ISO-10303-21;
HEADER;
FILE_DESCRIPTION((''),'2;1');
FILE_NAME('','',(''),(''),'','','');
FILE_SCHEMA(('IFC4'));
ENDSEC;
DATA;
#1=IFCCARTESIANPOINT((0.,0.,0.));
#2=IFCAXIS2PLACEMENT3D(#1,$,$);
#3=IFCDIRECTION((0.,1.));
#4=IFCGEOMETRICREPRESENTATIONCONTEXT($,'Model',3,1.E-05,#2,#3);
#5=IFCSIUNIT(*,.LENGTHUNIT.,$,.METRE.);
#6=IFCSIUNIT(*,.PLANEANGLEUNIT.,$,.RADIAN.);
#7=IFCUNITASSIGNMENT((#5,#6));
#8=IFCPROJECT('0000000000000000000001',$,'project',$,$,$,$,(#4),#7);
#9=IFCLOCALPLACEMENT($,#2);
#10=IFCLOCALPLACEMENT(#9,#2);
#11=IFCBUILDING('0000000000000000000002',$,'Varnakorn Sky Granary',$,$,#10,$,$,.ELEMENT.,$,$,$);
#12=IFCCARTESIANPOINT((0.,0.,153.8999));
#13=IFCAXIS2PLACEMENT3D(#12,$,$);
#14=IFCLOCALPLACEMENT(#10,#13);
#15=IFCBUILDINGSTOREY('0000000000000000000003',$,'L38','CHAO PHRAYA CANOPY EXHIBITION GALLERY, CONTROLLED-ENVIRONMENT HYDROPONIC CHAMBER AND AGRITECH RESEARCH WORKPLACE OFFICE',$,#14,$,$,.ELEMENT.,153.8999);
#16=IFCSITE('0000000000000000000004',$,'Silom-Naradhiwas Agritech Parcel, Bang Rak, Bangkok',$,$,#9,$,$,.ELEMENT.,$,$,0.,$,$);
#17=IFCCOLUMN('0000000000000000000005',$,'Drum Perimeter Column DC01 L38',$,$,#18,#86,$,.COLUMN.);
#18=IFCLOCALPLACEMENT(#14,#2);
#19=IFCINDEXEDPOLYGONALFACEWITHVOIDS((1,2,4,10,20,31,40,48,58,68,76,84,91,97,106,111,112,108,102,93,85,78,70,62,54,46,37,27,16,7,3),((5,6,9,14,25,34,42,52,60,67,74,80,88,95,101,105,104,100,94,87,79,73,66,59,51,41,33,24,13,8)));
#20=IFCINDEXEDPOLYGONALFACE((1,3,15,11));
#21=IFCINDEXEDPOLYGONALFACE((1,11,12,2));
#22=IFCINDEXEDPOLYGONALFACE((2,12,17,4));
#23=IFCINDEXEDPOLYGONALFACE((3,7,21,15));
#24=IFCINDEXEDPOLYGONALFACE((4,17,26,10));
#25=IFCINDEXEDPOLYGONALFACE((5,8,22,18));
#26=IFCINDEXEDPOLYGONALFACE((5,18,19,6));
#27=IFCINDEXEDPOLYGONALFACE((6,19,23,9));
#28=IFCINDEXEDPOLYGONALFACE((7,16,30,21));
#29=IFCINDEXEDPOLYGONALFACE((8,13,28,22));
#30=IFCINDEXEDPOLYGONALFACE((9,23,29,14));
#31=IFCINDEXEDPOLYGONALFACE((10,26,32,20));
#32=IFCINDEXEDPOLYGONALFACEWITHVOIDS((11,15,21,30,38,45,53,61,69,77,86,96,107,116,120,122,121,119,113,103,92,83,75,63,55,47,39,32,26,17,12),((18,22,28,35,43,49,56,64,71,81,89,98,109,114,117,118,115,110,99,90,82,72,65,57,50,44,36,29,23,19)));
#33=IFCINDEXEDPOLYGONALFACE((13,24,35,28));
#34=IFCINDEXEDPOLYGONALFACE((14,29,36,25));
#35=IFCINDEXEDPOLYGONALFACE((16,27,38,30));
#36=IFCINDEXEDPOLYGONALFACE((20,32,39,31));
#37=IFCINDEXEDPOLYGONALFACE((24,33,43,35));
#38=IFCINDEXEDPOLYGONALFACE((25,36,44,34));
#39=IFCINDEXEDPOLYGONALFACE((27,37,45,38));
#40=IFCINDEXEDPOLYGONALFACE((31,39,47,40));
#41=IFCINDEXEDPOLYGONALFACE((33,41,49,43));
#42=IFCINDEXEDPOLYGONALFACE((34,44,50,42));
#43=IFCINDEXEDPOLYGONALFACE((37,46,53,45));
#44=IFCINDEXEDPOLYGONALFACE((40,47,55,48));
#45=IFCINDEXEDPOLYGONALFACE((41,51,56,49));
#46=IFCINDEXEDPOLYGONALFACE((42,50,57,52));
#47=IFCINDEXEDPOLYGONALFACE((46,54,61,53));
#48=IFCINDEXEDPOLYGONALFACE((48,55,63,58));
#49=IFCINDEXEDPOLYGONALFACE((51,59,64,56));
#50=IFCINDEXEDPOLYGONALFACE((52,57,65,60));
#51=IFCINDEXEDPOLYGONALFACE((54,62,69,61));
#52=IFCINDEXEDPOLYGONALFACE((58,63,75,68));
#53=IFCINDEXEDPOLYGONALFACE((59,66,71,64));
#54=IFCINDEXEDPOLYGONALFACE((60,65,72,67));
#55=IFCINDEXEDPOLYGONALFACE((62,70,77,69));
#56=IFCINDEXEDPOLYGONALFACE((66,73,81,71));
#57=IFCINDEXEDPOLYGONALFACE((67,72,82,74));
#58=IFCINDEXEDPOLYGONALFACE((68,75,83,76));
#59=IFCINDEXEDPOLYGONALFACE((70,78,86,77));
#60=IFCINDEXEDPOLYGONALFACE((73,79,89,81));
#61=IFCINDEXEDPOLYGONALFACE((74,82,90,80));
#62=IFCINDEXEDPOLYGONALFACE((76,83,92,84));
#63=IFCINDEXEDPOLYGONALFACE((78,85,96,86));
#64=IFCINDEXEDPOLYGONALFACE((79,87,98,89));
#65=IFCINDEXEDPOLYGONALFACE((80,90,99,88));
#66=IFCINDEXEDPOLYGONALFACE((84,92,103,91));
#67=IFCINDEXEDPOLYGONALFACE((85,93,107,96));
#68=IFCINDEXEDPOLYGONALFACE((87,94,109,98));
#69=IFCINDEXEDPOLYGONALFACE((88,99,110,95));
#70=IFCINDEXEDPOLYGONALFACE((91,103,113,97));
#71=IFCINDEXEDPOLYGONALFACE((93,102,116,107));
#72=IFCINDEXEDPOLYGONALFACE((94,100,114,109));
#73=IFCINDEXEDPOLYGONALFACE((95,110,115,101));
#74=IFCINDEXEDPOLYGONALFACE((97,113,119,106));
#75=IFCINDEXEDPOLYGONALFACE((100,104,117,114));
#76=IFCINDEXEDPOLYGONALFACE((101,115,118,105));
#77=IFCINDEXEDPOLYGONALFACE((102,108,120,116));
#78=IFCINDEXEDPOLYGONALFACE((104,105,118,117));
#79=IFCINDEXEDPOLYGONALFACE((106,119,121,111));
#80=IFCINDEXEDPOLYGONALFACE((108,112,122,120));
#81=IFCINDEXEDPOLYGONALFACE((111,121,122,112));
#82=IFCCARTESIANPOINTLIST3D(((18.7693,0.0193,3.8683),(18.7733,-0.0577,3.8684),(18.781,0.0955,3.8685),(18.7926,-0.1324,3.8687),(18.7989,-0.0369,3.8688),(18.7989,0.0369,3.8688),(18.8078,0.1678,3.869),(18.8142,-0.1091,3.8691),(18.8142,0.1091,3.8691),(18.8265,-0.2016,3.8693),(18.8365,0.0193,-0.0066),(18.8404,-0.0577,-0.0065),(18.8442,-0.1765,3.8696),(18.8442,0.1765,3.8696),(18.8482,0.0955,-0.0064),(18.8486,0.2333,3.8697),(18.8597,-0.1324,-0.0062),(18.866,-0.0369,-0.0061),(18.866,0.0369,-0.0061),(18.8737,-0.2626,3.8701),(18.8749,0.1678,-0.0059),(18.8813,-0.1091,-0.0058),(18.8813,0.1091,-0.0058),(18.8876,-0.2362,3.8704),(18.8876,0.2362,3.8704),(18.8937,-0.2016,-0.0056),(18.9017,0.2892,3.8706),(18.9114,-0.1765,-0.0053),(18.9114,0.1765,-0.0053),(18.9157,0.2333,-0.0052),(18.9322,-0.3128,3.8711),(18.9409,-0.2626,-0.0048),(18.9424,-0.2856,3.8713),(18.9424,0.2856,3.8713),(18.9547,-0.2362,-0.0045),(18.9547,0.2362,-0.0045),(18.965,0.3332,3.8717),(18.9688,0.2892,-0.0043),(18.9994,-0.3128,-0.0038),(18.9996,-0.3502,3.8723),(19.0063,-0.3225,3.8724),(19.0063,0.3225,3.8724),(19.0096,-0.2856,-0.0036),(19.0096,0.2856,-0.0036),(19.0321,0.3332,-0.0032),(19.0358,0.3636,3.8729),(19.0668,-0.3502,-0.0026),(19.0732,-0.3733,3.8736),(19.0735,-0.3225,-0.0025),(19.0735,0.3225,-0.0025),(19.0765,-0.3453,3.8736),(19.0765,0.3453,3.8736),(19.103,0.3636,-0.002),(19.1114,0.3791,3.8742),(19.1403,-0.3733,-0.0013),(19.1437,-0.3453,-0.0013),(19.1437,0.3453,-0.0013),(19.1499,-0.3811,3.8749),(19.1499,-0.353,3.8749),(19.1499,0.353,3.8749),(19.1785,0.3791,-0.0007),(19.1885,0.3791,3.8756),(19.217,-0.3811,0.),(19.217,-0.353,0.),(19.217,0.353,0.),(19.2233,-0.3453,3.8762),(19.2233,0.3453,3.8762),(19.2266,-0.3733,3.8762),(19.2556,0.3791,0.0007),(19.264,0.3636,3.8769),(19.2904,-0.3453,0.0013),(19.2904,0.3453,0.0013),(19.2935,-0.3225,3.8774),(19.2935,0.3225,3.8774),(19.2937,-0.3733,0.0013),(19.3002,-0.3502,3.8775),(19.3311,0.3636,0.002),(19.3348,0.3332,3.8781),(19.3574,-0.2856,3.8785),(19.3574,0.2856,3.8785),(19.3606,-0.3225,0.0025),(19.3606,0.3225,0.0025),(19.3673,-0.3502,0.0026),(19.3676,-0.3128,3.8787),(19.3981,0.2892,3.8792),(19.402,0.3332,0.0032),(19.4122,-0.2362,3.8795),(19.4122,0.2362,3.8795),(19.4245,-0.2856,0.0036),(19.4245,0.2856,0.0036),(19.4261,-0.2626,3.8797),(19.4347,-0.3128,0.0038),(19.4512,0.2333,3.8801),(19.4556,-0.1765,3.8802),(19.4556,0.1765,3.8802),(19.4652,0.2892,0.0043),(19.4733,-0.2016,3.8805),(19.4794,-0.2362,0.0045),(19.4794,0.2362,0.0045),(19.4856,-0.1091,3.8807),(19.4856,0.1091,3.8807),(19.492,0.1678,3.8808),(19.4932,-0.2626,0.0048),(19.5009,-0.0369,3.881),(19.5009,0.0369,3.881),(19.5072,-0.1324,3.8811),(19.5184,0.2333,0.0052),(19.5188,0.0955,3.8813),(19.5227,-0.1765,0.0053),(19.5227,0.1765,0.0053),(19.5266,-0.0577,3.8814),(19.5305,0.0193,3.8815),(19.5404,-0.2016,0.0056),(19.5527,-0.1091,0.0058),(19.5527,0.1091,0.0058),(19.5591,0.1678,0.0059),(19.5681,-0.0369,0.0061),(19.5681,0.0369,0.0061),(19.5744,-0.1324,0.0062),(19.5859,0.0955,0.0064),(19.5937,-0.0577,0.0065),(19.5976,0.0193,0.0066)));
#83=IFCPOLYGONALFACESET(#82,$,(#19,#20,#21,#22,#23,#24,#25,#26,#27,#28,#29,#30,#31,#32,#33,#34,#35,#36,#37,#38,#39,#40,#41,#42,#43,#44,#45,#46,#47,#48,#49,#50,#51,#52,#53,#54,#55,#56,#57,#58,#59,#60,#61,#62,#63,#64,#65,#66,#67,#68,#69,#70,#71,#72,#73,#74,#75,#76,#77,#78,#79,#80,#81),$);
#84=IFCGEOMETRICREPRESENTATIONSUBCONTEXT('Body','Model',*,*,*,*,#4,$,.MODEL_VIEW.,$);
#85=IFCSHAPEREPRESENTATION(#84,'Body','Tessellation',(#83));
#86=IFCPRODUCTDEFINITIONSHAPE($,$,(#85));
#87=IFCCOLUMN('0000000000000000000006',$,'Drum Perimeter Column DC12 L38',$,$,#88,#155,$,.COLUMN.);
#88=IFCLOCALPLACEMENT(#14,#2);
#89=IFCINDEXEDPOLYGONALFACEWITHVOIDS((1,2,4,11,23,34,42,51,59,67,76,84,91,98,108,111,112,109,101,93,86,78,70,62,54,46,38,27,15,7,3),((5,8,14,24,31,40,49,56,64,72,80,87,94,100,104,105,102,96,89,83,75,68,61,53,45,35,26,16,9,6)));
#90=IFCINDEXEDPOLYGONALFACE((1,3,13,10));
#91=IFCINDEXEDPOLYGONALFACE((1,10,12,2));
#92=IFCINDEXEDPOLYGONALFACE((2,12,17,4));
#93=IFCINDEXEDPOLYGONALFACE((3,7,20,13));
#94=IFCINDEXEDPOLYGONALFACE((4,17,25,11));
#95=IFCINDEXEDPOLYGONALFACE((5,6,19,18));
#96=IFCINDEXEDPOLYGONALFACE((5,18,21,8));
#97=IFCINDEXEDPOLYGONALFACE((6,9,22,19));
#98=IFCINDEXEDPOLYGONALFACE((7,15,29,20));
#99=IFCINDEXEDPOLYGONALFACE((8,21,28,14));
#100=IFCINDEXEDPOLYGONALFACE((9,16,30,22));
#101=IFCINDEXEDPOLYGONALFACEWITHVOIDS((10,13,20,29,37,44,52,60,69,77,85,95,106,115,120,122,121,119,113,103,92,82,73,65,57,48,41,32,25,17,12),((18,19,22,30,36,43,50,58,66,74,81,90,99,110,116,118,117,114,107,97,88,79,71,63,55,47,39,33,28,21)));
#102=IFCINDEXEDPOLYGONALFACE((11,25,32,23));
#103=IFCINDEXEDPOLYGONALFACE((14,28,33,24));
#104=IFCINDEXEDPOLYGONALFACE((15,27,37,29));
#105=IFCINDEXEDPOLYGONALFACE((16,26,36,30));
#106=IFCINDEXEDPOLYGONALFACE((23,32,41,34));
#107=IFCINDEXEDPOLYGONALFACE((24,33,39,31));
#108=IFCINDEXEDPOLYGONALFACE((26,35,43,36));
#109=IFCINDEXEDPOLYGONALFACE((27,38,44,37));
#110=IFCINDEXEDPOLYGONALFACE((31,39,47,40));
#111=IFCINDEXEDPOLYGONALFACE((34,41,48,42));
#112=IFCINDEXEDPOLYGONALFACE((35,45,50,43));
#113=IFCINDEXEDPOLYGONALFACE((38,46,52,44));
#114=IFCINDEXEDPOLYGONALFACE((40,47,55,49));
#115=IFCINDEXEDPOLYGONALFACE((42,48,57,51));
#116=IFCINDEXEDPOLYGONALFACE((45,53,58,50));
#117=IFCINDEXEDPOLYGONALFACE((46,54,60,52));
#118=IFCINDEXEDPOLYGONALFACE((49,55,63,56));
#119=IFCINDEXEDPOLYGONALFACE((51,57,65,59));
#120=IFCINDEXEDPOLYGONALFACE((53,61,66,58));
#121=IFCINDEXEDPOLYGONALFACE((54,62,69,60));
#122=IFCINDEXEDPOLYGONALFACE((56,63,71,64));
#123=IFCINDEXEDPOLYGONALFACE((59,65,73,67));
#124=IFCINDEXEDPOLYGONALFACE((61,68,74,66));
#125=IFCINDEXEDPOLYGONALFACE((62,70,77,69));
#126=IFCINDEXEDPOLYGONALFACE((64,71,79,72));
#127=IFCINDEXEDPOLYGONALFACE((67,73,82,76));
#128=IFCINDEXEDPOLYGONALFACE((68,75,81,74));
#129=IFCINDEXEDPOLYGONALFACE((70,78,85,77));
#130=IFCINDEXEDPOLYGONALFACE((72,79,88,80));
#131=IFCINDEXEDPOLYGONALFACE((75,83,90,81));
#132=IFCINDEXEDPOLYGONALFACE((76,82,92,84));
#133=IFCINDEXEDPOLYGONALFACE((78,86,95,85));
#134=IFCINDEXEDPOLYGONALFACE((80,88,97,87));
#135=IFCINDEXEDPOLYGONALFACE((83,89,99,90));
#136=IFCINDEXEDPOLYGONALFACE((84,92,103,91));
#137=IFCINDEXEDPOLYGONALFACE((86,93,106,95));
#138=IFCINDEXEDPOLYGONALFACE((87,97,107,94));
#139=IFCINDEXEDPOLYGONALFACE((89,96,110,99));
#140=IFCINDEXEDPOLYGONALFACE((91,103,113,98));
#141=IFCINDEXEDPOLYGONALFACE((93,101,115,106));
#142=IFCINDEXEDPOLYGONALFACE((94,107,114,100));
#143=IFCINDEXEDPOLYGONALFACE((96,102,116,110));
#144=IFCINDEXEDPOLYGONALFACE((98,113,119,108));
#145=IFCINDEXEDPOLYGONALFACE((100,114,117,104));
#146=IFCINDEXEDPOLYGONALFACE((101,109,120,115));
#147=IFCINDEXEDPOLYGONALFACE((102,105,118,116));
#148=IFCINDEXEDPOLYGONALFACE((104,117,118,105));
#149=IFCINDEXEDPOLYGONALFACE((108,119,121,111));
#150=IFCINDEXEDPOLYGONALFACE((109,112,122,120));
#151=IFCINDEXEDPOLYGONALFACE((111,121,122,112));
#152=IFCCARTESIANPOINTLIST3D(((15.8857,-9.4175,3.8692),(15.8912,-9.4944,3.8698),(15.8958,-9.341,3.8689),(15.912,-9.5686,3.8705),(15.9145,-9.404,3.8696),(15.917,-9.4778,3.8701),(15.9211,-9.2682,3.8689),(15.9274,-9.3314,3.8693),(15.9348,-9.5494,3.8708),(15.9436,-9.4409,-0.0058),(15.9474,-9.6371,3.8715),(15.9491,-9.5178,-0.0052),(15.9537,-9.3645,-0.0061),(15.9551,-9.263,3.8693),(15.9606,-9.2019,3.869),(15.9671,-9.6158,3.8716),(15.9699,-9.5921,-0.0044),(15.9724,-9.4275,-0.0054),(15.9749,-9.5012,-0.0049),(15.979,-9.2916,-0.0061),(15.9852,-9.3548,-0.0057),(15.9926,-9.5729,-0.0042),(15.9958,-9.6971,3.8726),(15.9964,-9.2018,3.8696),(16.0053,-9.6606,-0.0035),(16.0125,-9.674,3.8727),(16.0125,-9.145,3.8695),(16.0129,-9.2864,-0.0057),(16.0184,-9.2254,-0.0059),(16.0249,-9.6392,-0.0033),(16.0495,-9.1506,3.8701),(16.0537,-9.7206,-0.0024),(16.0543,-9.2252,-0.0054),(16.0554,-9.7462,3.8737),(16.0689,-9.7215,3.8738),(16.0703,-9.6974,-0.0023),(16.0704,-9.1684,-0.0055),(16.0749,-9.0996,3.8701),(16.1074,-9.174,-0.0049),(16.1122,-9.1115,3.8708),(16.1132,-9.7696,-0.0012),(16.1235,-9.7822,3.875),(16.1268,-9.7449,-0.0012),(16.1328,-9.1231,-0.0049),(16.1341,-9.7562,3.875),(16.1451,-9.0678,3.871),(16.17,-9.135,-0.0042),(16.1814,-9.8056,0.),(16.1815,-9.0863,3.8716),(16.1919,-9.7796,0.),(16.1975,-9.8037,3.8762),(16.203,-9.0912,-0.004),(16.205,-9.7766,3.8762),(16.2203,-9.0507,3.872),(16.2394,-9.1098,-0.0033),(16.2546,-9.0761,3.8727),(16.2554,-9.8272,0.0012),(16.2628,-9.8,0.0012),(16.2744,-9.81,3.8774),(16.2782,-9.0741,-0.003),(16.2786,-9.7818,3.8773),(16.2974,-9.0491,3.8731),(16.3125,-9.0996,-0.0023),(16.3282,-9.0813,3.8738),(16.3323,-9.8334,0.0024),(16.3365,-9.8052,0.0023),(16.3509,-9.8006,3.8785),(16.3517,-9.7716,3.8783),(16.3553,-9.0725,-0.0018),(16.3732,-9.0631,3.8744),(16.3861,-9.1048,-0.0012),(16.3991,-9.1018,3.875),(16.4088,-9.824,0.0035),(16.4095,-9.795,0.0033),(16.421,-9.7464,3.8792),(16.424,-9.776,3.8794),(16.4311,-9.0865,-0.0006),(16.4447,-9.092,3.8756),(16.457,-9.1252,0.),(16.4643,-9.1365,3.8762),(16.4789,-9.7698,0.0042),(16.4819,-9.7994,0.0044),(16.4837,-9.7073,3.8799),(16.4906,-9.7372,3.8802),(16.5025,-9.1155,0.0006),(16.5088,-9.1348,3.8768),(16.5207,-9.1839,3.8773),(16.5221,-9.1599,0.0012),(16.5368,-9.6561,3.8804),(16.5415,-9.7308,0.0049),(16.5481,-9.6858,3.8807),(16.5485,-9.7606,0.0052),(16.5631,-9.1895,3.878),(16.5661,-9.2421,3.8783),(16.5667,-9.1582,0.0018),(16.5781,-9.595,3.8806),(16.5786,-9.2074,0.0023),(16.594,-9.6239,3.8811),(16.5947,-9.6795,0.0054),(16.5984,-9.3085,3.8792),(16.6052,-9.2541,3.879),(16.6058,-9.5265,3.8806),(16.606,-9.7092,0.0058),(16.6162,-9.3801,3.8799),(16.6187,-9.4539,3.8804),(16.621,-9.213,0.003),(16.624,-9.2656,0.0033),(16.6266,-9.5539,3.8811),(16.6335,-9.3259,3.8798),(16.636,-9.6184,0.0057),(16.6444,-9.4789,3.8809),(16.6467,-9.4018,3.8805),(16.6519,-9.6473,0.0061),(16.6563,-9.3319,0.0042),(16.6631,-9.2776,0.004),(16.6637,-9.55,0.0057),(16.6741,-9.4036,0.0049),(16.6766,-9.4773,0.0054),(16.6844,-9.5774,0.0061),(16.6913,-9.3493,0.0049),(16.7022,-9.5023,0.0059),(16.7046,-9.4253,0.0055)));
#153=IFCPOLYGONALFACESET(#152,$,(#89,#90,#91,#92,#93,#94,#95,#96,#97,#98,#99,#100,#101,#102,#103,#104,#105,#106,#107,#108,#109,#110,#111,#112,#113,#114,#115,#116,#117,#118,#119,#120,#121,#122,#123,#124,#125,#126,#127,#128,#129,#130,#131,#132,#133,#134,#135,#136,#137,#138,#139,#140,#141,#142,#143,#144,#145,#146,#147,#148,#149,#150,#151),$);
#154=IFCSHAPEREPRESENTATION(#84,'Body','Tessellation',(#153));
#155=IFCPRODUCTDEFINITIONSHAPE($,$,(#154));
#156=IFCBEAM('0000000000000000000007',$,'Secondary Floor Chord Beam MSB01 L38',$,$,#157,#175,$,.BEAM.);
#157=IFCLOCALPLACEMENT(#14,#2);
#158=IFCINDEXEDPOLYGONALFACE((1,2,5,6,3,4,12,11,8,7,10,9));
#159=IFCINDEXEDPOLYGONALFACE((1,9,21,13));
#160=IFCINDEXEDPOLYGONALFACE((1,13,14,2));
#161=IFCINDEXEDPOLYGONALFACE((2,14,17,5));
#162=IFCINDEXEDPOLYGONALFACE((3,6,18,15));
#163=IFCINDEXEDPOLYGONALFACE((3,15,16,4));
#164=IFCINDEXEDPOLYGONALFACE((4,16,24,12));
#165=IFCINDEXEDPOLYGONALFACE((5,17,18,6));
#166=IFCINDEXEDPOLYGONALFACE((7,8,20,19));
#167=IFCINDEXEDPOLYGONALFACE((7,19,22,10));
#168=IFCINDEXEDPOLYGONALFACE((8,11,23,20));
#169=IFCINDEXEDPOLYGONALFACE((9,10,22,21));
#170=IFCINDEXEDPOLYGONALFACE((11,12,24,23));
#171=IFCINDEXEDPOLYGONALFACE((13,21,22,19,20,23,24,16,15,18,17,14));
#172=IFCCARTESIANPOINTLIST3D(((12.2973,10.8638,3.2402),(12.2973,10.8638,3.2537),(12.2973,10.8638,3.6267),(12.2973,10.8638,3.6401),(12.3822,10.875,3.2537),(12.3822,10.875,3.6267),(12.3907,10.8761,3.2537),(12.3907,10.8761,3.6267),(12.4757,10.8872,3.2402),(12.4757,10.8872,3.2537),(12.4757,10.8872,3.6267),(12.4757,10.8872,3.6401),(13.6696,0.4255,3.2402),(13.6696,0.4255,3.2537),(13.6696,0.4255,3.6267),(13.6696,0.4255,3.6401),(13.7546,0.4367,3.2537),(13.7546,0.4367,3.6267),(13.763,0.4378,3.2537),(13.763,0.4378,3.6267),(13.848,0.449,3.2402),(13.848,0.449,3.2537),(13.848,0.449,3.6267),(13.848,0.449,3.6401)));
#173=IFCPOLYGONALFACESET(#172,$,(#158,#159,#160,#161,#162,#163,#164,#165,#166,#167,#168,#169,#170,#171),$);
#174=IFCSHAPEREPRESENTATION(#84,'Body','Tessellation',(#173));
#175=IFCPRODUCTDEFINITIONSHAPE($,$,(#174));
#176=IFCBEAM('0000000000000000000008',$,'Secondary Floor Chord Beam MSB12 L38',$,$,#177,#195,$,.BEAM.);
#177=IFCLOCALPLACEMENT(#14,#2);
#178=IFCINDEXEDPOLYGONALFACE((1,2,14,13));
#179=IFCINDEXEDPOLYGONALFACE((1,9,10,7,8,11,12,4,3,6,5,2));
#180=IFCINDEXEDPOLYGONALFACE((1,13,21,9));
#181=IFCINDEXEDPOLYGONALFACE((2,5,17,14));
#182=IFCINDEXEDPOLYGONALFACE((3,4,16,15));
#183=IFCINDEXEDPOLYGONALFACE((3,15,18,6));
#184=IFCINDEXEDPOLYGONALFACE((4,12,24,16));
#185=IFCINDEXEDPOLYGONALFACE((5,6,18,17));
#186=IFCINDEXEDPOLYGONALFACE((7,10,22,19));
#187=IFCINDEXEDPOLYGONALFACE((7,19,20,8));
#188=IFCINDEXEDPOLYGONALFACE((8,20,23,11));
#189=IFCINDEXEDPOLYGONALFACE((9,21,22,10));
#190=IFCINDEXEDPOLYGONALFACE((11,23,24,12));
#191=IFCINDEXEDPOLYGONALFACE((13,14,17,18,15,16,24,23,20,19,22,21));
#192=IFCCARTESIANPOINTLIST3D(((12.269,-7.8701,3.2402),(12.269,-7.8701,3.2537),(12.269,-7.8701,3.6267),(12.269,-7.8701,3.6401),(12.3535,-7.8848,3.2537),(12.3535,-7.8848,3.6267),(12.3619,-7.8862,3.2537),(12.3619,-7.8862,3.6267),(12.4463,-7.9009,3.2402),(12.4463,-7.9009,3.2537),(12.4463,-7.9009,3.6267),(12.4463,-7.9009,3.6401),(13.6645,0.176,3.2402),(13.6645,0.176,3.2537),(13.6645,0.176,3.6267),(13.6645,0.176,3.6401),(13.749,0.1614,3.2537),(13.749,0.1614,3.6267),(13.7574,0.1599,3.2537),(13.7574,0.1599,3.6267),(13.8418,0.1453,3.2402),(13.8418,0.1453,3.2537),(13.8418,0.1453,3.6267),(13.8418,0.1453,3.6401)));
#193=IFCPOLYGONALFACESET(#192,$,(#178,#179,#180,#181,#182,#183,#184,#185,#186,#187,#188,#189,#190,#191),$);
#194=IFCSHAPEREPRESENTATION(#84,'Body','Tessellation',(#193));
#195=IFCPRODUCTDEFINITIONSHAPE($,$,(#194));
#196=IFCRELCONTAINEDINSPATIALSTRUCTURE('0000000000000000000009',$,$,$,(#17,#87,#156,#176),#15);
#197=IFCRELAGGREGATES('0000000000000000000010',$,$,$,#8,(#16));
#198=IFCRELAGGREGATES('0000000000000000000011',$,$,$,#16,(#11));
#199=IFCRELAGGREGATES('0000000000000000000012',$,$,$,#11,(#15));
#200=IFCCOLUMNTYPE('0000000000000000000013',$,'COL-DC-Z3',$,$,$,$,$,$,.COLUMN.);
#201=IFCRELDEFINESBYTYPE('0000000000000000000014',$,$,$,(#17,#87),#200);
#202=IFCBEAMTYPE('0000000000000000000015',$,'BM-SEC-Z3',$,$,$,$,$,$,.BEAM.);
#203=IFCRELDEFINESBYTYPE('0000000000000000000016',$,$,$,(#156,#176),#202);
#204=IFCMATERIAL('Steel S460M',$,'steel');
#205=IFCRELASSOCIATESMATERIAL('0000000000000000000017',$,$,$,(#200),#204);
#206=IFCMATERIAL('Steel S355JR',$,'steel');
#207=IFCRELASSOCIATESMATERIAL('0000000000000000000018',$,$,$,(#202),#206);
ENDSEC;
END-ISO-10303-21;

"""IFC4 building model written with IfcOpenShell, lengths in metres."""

from ifc_helpers import new_model, si_unit, direction, frame, origin, origin_2d, place, context, subcontext, project, spatial, hollow_circle, i_section, extrude, material, material_profile, profile_set, type_object, element, save


model = new_model("IFC4")

# Units and contexts
model_context = context("Model", 3, precision=1e-05, world=origin(), true_north=direction((0.0, 1.0)))
body_context = subcontext(model_context, "Body", "Model", "MODEL_VIEW")
ifc_project = project(units=[si_unit("LENGTHUNIT", "METRE"), si_unit("PLANEANGLEUNIT", "RADIAN")], contexts=[model_context])

# Site, building, storey
site_placement = place(None, origin())
site = spatial("IfcSite", under=ifc_project, at=site_placement, Name="Silom-Naradhiwas Agritech Parcel, Bang Rak, Bangkok", CompositionType="ELEMENT", RefElevation=0.0)
building_placement = place(site_placement, origin())
building = spatial("IfcBuilding", under=site, at=building_placement, Name="Varnakorn Sky Granary", CompositionType="ELEMENT")
storey_placement = place(building_placement, frame((0.0, 0.0, 153.8999)))
storey = spatial("IfcBuildingStorey", under=building, at=storey_placement, Name="L38", Description="CHAO PHRAYA CANOPY EXHIBITION GALLERY, CONTROLLED-ENVIRONMENT HYDROPONIC CHAMBER AND AGRITECH RESEARCH WORKPLACE OFFICE", CompositionType="ELEMENT", Elevation=153.8999)

# Columns
ifc_material_1 = material(Name="Steel S460M", Category="steel")
ifc_material_profile_1 = material_profile(ifc_material_1, hollow_circle(Radius=0.3811, WallThickness=0.0281, at=origin_2d()), Name="CHS 762x28")
ifc_profile_set_1 = profile_set([ifc_material_profile_1], Name="Steel S460M")
column_type = type_object("IfcColumnType", Name="COL-DC-Z3", PredefinedType="COLUMN", material=ifc_profile_set_1)
for number, where, z_axis, x_axis, name in (
    (1, (19.217, 0.0, 0.0), (-0.017324, 0.0, 0.99985), (0.0, -1.0, 0.0), "Drum Perimeter Column DC01 L38"),
    (2, (16.3245, -9.4524, 0.0), (-0.01493, 0.006048, 0.99987), (-0.375433, -0.92685, 0.0), "Drum Perimeter Column DC12 L38"),
):
    element("IfcColumn", number, at=place(storey_placement, frame(where, z_axis=z_axis, x_axis=x_axis)), inside=storey, type_object=column_type, Name=name, PredefinedType="COLUMN", context=body_context, shape_type="SweptSolid", body=[
        extrude(hollow_circle(Radius=0.3811, WallThickness=0.0281, at=origin_2d()), origin(), (0.0, 0.0, 1.0), 3.8755),
    ])

# Beams
ifc_material_2 = material(Name="Steel S355JR", Category="steel")
ifc_material_profile_2 = material_profile(ifc_material_2, i_section(OverallWidth=0.1799, OverallDepth=0.3999, WebThickness=0.0085, FlangeThickness=0.0134, at=origin_2d()), Name="IPE 400")
ifc_profile_set_2 = profile_set([ifc_material_profile_2], Name="Steel S355JR")
beam_type_1 = type_object("IfcBeamType", Name="BM-SEC-Z3", PredefinedType="BEAM", material=ifc_profile_set_2)
beam_1_placement = place(storey_placement, frame((13.7588, 0.4373, 3.4402), z_axis=(-0.130348, 0.991468, 0.0), x_axis=(-0.991468, -0.130348, 0.0)))
element("IfcBeam", 3, at=beam_1_placement, inside=storey, type_object=beam_type_1, Name="Secondary Floor Chord Beam MSB01 L38", PredefinedType="BEAM", context=body_context, shape_type="SweptSolid", body=[
    extrude(i_section(OverallWidth=0.1799, OverallDepth=0.3999, WebThickness=0.0085, FlangeThickness=0.0134, at=origin_2d()), origin(), (0.0, 0.0, 1.0), 10.5281),
])
beam_2_placement = place(storey_placement, frame((12.3577, -7.8855, 3.4402), z_axis=(0.170887, 0.985291, 0.0), x_axis=(-0.985291, 0.170887, 0.0)))
element("IfcBeam", 4, at=beam_2_placement, inside=storey, type_object=beam_type_1, Name="Secondary Floor Chord Beam MSB12 L38", PredefinedType="BEAM", context=body_context, shape_type="SweptSolid", body=[
    extrude(i_section(OverallWidth=0.1799, OverallDepth=0.3999, WebThickness=0.0085, FlangeThickness=0.0134, at=origin_2d()), origin(), (0.0, 0.0, 1.0), 8.1663),
])

save(model, "model.ifc")
